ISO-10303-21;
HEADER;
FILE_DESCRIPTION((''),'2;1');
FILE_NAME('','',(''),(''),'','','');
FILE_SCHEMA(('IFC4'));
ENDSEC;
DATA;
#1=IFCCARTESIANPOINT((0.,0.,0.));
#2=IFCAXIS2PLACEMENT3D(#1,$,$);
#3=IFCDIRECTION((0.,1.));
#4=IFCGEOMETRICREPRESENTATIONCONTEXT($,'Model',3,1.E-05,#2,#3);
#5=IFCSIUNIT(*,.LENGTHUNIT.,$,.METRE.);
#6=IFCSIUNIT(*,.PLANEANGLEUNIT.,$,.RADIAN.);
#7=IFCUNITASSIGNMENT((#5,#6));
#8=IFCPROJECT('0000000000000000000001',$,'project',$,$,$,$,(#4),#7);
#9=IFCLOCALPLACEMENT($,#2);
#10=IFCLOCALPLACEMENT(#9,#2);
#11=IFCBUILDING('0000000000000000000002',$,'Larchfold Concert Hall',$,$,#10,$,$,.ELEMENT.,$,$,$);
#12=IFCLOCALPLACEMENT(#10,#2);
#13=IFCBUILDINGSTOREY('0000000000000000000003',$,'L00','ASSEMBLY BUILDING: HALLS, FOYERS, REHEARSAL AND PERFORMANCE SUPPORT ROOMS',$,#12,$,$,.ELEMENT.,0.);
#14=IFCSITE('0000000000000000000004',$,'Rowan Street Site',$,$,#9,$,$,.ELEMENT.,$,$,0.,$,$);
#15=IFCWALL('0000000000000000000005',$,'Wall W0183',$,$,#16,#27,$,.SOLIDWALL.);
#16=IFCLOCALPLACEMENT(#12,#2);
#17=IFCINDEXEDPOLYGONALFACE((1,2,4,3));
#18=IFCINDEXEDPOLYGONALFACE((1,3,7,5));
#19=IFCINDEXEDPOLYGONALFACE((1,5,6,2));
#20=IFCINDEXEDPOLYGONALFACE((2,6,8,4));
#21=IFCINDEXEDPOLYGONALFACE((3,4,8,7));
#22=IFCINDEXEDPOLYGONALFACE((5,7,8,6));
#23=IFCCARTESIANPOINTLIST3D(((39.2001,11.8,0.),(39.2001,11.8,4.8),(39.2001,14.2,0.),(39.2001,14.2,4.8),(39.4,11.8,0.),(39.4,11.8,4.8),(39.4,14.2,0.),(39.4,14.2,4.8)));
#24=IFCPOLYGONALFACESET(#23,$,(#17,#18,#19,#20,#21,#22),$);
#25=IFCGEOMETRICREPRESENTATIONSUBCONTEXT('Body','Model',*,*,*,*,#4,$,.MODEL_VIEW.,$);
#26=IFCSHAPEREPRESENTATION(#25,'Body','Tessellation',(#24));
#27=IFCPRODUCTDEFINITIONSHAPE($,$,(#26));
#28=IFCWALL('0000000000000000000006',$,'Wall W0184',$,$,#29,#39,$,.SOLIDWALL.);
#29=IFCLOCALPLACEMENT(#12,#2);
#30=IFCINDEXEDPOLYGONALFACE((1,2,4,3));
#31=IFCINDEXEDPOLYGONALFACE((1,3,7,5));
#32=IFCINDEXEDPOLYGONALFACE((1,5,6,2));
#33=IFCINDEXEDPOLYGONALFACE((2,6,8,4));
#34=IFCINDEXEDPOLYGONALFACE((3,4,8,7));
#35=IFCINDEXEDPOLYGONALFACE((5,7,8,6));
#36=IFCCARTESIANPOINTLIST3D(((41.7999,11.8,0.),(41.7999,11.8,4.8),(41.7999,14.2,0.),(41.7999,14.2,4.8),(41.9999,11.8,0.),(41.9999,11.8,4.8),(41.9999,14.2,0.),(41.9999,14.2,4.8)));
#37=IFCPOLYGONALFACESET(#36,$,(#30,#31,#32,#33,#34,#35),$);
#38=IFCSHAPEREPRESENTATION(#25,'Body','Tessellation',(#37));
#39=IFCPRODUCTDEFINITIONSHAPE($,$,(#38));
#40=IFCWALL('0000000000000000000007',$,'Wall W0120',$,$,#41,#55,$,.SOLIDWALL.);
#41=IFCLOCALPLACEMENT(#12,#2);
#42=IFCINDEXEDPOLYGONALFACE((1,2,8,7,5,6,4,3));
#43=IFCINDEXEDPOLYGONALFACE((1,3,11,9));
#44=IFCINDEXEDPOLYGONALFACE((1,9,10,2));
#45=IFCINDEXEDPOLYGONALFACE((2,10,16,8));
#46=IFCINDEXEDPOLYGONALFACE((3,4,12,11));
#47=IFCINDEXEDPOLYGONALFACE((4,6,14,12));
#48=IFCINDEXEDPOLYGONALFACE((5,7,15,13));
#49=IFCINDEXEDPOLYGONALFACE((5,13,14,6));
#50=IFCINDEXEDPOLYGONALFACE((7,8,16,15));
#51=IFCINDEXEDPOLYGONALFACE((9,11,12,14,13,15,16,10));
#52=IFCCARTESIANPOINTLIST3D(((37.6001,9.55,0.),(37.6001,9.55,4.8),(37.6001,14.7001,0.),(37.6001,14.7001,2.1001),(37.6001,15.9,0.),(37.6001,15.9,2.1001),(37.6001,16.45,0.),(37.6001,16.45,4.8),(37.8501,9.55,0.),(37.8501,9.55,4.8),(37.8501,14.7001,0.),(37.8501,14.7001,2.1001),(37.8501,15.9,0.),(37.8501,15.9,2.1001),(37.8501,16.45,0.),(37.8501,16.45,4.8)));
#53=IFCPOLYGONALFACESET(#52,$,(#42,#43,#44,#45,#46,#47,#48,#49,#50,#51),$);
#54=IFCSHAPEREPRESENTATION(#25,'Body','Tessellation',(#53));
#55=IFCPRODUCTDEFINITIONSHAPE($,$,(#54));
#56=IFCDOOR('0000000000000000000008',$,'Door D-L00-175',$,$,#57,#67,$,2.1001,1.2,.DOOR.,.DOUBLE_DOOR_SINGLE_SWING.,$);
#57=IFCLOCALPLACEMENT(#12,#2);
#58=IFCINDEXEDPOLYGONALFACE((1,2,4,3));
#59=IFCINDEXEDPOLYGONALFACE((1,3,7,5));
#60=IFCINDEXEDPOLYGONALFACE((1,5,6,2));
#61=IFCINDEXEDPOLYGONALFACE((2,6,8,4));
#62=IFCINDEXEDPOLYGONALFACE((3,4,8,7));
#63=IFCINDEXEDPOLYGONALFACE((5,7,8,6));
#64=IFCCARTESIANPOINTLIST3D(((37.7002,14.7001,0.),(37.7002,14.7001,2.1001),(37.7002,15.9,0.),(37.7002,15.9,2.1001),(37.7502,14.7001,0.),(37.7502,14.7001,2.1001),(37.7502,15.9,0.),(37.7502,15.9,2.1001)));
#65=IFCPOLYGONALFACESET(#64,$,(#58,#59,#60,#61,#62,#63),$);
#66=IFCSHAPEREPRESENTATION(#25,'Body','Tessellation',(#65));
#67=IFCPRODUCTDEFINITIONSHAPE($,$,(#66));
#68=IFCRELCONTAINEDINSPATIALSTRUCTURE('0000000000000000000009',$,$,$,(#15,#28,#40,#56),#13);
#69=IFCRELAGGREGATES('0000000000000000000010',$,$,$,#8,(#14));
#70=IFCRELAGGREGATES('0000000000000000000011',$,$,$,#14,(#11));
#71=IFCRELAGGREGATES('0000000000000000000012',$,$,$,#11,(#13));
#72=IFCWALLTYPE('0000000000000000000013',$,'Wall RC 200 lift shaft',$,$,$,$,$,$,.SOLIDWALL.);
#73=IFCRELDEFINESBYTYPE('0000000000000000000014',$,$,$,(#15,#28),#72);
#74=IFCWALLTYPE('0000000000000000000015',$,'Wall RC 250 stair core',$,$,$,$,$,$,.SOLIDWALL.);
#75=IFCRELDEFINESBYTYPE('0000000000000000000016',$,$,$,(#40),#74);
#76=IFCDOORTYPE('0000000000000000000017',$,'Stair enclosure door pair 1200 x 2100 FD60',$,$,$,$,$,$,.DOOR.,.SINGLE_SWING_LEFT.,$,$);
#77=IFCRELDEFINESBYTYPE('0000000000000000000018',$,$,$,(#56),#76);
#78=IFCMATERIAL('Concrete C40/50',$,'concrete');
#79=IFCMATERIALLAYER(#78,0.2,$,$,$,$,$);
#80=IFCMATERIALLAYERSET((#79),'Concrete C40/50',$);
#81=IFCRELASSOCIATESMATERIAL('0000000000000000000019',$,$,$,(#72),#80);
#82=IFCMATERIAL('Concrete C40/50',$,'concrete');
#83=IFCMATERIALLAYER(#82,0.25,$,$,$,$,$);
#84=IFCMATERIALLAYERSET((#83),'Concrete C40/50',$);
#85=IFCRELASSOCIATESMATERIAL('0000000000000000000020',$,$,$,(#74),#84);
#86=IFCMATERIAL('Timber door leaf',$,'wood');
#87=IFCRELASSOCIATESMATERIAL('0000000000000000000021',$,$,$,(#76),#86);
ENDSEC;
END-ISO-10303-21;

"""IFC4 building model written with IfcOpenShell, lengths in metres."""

from ifc_helpers import new_model, si_unit, direction, frame, frame_2d, origin, place, context, subcontext, project, spatial, rectangle, extrude, material, layer, layer_set, type_object, element, fill, save


model = new_model("IFC4")

# Units and contexts
model_context = context("Model", 3, precision=1e-05, world=origin(), true_north=direction((0.0, 1.0)))
body_context = subcontext(model_context, "Body", "Model", "MODEL_VIEW")
ifc_project = project(units=[si_unit("LENGTHUNIT", "METRE"), si_unit("PLANEANGLEUNIT", "RADIAN")], contexts=[model_context])

# Site, building, storey
site_placement = place(None, origin())
site = spatial("IfcSite", under=ifc_project, at=site_placement, Name="Rowan Street Site", CompositionType="ELEMENT", RefElevation=0.0)
building_placement = place(site_placement, origin())
building = spatial("IfcBuilding", under=site, at=building_placement, Name="Larchfold Concert Hall", CompositionType="ELEMENT")
storey_placement = place(building_placement, origin())
storey = spatial("IfcBuildingStorey", under=building, at=storey_placement, Name="L00", Description="ASSEMBLY BUILDING: HALLS, FOYERS, REHEARSAL AND PERFORMANCE SUPPORT ROOMS", CompositionType="ELEMENT", Elevation=0.0)

# Walls
ifc_material_1 = material(Name="Concrete C40/50", Category="concrete")
ifc_layer_1 = layer(ifc_material_1, 0.2)
ifc_layer_set_1 = layer_set([ifc_layer_1], Name="Concrete C40/50")
wall_type_1 = type_object("IfcWallType", Name="Wall RC 200 lift shaft", PredefinedType="SOLIDWALL", material=ifc_layer_set_1)
for number, where, z_axis, x_axis, name in (
    (1, (39.3, 11.8, 0.0), (0.0, 0.0, 1.0), (0.0, 1.0, 0.0), "Wall W0183"),
    (2, (41.8999, 11.8, 0.0), (0.0, 0.0, 1.0), (0.0, 1.0, 0.0), "Wall W0184"),
):
    element("IfcWall", number, at=place(storey_placement, frame(where, z_axis=z_axis, x_axis=x_axis)), inside=storey, type_object=wall_type_1, Name=name, PredefinedType="SOLIDWALL", context=body_context, shape_type="SweptSolid", body=[
        extrude(rectangle(XDim=2.3999, YDim=0.2, at=frame_2d((1.2, 0.0))), origin(), (0.0, 0.0, 1.0), 4.8),
    ])

# Wall, opening, door
ifc_material_2 = material(Name="Concrete C40/50", Category="concrete")
ifc_layer_2 = layer(ifc_material_2, 0.25)
ifc_layer_set_2 = layer_set([ifc_layer_2], Name="Concrete C40/50")
wall_type_2 = type_object("IfcWallType", Name="Wall RC 250 stair core", PredefinedType="SOLIDWALL", material=ifc_layer_set_2)
wall_1_placement = place(storey_placement, frame((37.7251, 9.55, 0.0), z_axis=(0.0, 0.0, 1.0), x_axis=(0.0, 1.0, 0.0)))
wall_1 = element("IfcWall", 3, at=wall_1_placement, inside=storey, type_object=wall_type_2, Name="Wall W0120", PredefinedType="SOLIDWALL", context=body_context, shape_type="SweptSolid", body=[
    extrude(rectangle(XDim=6.8999, YDim=0.25, at=frame_2d((3.45, 0.0))), origin(), (0.0, 0.0, 1.0), 4.8),
])
opening_1_placement = place(wall_1_placement, frame((5.1499, 0.0, 0.0)))
opening_1 = element("IfcOpeningElement", 4, at=opening_1_placement, cuts=wall_1, PredefinedType="OPENING", context=body_context, shape_type="SweptSolid", body=[
    extrude(rectangle(XDim=1.2, YDim=2.1001, at=frame_2d((0.6001, 1.05))), frame((0.0, 0.135, 0.0), z_axis=(0.0, -1.0, 0.0), x_axis=(1.0, 0.0, 0.0)), (0.0, 0.0, 1.0), 0.27),
])
ifc_material_3 = material(Name="Timber door leaf", Category="wood")
door_type_1 = type_object("IfcDoorType", Name="Stair enclosure door pair 1200 x 2100 FD60", OperationType="SINGLE_SWING_LEFT", PredefinedType="DOOR", material=ifc_material_3)
door_1_placement = place(opening_1_placement, origin())
door_1 = element("IfcDoor", 5, at=door_1_placement, inside=storey, type_object=door_type_1, Name="Door D-L00-175", OperationType="DOUBLE_DOOR_SINGLE_SWING", OverallHeight=2.1001, OverallWidth=1.2, PredefinedType="DOOR", context=body_context, shape_type="SweptSolid", body=[
    extrude(rectangle(XDim=1.2, YDim=2.1001, at=frame_2d((0.6001, 1.05))), frame((0.0, 0.0249, 0.0), z_axis=(0.0, -1.0, 0.0), x_axis=(1.0, 0.0, 0.0)), (0.0, 0.0, 1.0), 0.05),
])
fill(opening_1, door_1)

save(model, "model.ifc")
